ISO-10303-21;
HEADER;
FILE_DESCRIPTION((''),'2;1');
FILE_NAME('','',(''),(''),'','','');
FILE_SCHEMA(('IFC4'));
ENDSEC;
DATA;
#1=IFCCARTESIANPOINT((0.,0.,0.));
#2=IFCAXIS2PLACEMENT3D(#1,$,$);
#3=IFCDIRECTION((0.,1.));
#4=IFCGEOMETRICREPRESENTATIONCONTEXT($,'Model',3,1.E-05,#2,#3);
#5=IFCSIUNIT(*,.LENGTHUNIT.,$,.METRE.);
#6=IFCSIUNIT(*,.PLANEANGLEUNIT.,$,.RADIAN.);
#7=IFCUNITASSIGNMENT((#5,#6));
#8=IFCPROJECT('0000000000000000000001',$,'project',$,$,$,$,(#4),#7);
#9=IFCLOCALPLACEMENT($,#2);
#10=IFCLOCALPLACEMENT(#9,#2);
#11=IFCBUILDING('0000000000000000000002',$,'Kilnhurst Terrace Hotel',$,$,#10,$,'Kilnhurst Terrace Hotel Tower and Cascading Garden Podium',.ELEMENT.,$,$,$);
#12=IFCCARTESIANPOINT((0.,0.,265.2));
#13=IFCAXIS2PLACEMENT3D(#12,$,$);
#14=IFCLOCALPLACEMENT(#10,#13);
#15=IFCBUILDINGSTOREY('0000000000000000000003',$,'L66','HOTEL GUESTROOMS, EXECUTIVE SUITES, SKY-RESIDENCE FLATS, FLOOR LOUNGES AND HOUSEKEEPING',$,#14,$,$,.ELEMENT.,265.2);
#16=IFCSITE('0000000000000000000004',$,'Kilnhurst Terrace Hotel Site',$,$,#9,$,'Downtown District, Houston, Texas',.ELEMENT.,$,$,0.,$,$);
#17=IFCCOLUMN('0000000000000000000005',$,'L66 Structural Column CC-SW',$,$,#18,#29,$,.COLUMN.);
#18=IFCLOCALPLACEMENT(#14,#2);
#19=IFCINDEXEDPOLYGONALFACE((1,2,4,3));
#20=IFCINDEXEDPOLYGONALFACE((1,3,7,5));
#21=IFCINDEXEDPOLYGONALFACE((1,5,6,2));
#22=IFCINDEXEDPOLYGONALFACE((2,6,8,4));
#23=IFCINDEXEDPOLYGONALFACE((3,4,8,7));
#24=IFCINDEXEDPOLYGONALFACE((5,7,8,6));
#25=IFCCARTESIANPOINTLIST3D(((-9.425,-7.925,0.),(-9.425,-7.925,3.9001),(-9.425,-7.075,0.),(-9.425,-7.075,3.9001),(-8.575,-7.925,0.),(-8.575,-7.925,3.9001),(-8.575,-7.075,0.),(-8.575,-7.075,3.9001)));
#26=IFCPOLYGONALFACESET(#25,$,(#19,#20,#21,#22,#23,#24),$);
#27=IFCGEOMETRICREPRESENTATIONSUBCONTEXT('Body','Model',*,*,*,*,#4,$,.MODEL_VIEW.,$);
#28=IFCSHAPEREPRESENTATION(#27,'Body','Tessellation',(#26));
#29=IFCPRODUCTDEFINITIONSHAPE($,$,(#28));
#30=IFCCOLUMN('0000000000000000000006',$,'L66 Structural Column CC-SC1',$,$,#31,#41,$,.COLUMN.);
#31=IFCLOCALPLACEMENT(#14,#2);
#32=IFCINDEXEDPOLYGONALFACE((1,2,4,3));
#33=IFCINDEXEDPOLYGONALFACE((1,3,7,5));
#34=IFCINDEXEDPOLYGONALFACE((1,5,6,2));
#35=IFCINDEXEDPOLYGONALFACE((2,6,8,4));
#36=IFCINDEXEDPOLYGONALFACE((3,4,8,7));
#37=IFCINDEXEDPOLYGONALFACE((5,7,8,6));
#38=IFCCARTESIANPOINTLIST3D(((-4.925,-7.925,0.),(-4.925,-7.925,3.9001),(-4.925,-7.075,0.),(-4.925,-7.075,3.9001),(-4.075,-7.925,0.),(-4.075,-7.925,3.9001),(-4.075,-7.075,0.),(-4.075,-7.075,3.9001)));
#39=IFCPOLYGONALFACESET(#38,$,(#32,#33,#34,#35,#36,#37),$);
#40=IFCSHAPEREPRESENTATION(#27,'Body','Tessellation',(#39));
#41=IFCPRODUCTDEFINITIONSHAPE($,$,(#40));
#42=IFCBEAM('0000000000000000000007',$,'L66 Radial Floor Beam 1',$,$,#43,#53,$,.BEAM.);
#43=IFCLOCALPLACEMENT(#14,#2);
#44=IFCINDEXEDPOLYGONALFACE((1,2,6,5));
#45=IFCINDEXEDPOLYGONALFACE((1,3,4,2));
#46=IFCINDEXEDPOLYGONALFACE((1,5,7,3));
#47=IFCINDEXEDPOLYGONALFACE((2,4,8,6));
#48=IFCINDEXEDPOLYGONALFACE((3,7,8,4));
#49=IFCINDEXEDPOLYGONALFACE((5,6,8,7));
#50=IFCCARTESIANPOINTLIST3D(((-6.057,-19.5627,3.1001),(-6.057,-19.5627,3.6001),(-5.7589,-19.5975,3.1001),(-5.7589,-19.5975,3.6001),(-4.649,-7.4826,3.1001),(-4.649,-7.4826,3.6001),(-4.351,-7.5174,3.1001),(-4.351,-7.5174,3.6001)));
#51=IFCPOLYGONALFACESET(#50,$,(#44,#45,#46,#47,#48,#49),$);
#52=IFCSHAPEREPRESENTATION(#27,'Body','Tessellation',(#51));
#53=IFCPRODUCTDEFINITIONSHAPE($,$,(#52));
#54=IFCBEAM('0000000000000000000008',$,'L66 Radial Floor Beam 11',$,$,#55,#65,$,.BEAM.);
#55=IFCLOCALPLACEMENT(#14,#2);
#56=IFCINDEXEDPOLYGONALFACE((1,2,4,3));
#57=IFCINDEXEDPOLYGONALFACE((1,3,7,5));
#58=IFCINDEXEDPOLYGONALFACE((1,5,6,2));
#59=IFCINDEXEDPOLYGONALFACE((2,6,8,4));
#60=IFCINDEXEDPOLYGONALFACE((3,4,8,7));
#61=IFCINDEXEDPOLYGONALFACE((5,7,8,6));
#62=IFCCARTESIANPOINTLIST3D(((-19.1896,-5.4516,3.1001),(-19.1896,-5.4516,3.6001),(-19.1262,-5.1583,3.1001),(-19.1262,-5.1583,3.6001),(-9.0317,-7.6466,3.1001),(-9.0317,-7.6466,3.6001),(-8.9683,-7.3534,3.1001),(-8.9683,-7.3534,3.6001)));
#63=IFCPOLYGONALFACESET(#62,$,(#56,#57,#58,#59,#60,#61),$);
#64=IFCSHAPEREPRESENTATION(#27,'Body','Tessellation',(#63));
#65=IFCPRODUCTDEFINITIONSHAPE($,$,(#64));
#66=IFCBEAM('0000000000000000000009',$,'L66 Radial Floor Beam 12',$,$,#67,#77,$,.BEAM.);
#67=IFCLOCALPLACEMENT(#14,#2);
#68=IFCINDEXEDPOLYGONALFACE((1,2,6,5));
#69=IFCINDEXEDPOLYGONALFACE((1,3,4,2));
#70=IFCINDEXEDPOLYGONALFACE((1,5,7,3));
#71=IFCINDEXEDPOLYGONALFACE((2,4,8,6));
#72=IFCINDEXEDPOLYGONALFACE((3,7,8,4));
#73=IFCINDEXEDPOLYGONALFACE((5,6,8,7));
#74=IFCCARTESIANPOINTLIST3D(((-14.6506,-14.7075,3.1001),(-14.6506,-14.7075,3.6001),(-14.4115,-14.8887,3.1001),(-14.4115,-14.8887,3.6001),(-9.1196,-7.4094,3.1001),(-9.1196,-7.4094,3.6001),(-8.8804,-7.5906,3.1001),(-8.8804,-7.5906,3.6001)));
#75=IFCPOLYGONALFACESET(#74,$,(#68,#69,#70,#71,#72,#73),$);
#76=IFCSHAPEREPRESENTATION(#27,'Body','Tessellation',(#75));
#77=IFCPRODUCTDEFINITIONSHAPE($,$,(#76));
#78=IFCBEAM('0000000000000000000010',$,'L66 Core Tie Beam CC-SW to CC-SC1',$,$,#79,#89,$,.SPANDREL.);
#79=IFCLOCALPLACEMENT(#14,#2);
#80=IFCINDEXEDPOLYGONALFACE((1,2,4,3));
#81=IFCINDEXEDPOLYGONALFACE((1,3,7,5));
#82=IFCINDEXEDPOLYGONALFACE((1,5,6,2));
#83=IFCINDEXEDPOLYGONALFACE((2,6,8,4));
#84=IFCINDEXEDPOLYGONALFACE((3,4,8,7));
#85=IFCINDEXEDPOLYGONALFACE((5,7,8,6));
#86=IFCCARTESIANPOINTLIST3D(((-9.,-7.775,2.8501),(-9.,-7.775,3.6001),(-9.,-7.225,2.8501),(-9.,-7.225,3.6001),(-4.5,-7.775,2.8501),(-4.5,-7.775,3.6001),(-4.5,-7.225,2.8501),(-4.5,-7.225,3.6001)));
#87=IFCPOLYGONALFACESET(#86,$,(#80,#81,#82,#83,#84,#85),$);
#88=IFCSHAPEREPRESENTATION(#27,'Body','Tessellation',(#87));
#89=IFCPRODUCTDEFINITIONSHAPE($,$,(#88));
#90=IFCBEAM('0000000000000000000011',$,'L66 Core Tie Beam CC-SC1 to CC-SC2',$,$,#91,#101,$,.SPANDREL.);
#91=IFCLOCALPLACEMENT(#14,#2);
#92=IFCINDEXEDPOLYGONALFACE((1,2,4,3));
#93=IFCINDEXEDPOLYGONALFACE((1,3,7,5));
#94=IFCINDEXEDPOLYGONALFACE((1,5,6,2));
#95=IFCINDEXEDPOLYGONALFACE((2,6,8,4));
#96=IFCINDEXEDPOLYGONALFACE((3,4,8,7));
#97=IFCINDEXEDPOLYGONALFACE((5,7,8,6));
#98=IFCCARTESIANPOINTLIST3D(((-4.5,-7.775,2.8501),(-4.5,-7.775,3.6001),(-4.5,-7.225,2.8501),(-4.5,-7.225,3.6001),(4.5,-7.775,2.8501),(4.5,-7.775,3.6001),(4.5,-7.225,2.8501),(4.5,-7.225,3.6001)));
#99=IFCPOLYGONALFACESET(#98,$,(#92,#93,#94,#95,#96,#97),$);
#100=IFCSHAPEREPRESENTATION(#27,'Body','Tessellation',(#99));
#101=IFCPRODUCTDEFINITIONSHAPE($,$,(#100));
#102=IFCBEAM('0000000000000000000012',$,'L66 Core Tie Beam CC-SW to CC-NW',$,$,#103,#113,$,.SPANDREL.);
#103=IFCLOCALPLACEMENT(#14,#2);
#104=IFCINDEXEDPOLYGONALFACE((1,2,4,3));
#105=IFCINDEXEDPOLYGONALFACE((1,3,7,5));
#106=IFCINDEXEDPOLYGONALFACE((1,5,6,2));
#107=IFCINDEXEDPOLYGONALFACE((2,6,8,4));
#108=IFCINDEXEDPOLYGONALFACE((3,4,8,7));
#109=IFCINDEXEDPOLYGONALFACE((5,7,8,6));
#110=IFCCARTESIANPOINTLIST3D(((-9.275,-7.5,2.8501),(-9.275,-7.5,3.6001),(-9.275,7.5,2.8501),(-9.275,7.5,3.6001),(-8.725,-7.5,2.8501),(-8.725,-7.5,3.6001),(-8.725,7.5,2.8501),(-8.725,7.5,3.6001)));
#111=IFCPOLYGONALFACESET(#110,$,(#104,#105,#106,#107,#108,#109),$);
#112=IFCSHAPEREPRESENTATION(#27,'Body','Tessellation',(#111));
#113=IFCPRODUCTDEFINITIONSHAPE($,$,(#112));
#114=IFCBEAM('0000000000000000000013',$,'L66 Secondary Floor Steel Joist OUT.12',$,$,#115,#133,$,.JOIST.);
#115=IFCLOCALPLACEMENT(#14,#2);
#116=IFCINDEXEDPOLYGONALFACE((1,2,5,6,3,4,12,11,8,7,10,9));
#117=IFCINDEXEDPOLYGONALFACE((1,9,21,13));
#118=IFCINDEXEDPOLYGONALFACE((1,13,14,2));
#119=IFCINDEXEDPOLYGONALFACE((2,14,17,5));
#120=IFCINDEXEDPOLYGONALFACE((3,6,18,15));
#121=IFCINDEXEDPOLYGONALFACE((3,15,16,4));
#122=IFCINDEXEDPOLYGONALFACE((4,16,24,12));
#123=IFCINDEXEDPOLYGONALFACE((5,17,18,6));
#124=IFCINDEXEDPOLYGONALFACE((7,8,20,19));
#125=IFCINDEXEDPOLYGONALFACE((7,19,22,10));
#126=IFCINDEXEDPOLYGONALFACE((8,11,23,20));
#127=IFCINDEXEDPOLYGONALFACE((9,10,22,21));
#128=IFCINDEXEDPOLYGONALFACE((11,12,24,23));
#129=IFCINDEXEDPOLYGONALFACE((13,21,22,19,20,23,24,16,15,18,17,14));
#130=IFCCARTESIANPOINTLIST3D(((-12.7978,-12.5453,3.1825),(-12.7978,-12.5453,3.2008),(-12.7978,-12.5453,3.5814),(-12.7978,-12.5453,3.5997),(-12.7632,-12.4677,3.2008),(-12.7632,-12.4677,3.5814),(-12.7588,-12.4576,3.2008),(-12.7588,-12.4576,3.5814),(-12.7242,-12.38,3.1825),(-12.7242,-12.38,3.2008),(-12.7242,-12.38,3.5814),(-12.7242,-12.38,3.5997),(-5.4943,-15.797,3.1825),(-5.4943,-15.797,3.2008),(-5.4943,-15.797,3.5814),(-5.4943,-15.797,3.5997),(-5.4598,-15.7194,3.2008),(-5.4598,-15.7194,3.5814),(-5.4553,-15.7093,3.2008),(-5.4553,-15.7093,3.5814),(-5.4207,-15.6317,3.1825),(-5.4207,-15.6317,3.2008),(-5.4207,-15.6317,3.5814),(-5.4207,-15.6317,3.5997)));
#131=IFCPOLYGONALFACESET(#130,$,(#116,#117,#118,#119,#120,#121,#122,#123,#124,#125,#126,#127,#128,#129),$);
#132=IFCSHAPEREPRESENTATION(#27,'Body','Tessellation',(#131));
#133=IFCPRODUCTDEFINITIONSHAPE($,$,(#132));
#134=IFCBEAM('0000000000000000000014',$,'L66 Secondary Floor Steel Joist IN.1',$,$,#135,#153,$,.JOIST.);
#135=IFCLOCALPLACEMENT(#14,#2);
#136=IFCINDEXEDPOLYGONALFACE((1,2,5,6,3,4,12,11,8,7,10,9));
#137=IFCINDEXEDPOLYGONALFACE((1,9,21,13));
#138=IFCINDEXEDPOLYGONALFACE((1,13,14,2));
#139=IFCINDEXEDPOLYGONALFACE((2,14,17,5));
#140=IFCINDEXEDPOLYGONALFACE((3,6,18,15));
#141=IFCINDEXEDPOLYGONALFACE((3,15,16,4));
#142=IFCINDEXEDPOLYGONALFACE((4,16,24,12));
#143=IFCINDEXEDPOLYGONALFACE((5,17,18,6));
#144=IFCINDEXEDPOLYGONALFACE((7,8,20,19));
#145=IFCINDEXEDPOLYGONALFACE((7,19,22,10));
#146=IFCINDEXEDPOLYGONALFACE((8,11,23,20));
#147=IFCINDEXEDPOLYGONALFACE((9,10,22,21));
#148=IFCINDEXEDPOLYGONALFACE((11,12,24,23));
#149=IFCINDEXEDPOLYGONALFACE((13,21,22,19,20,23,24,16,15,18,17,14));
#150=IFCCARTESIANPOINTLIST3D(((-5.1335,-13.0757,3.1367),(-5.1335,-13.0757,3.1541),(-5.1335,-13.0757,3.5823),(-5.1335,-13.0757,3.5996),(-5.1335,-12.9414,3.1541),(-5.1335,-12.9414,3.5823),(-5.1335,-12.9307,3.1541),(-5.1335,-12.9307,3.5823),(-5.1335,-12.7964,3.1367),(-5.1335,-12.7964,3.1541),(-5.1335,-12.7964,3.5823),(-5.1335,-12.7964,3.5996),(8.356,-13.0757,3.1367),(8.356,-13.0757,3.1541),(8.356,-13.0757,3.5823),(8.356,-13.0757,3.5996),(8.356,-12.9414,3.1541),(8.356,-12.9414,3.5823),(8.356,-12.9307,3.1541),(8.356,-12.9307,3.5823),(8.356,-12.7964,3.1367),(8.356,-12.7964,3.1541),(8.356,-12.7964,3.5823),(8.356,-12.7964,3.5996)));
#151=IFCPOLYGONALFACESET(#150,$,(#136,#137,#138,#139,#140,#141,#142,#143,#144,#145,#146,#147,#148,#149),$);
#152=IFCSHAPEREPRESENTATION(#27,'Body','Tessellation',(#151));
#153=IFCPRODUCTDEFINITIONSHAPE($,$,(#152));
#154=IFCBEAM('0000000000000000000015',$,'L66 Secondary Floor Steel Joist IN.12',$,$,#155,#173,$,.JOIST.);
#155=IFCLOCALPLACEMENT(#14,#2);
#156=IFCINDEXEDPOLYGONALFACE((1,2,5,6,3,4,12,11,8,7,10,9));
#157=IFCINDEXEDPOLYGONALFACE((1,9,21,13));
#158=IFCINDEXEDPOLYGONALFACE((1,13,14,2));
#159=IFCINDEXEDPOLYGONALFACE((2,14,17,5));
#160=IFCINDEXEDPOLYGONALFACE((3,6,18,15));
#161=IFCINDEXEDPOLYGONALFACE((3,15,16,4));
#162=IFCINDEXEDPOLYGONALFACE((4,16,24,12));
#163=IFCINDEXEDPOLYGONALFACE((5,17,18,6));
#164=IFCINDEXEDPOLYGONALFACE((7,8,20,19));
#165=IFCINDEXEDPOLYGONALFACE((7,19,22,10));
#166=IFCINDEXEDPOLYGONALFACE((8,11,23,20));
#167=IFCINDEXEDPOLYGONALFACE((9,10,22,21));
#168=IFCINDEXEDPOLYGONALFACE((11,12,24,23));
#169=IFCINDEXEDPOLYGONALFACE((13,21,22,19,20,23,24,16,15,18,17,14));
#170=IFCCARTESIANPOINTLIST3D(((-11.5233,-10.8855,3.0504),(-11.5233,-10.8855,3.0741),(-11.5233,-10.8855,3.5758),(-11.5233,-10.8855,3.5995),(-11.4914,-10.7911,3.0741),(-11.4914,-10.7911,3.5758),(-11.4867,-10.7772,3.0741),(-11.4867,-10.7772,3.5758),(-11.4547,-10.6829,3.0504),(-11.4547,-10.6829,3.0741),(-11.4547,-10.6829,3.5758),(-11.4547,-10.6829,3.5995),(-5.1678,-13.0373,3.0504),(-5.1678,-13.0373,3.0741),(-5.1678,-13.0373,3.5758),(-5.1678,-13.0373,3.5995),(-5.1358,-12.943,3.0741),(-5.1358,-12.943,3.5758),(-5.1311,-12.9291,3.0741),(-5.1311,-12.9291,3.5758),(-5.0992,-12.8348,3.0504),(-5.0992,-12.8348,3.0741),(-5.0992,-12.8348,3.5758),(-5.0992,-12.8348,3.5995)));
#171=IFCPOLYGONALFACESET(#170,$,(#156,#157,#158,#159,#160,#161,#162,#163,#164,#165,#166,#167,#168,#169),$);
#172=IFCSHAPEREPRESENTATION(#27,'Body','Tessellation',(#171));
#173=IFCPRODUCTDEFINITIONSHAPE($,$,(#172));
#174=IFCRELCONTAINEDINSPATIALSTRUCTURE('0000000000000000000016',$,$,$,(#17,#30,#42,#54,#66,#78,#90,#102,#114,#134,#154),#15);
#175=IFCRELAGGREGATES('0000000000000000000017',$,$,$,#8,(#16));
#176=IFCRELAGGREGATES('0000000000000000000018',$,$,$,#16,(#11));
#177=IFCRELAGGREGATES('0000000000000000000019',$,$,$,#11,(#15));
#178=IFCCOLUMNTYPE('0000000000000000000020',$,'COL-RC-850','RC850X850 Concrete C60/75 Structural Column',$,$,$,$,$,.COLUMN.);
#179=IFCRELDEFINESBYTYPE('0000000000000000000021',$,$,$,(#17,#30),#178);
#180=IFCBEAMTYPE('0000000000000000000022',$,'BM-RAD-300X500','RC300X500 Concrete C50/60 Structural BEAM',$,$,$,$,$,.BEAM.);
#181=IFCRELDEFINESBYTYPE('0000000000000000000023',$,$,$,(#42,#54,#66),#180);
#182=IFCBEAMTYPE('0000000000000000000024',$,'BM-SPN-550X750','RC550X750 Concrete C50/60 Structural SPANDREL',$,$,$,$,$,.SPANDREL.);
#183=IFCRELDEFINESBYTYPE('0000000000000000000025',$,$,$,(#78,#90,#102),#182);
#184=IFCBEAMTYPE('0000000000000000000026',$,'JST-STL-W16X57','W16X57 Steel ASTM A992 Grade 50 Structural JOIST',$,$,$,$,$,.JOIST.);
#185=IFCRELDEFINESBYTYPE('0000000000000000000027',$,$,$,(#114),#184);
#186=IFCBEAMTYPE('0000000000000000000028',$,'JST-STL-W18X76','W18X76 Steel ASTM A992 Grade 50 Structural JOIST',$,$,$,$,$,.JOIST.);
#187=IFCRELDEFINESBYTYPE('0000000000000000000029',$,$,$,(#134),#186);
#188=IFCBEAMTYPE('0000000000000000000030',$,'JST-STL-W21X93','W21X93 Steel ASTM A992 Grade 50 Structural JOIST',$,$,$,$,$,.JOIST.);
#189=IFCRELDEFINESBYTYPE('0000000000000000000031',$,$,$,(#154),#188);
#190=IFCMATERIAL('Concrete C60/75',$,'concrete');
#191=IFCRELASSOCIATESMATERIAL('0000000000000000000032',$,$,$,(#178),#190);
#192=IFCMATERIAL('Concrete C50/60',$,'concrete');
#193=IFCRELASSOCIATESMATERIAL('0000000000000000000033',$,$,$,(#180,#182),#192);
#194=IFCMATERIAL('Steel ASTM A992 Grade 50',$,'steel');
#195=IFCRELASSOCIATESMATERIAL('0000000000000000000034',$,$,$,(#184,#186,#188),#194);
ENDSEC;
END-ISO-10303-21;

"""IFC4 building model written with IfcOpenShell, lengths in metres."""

from ifc_helpers import new_model, si_unit, direction, frame, origin, origin_2d, place, context, subcontext, project, spatial, rectangle, i_section, extrude, material, material_profile, profile_set, type_object, element, save


model = new_model("IFC4")

# Units and contexts
model_context = context("Model", 3, precision=1e-05, world=origin(), true_north=direction((0.0, 1.0)))
body_context = subcontext(model_context, "Body", "Model", "MODEL_VIEW")
ifc_project = project(units=[si_unit("LENGTHUNIT", "METRE"), si_unit("PLANEANGLEUNIT", "RADIAN")], contexts=[model_context])

# Site, building, storey
site_placement = place(None, origin())
site = spatial("IfcSite", under=ifc_project, at=site_placement, Name="Kilnhurst Terrace Hotel Site", LongName="Downtown District, Houston, Texas", CompositionType="ELEMENT", RefElevation=0.0)
building_placement = place(site_placement, origin())
building = spatial("IfcBuilding", under=site, at=building_placement, Name="Kilnhurst Terrace Hotel", LongName="Kilnhurst Terrace Hotel Tower and Cascading Garden Podium", CompositionType="ELEMENT")
storey_placement = place(building_placement, frame((0.0, 0.0, 265.2)))
storey = spatial("IfcBuildingStorey", under=building, at=storey_placement, Name="L66", Description="HOTEL GUESTROOMS, EXECUTIVE SUITES, SKY-RESIDENCE FLATS, FLOOR LOUNGES AND HOUSEKEEPING", CompositionType="ELEMENT", Elevation=265.2)

# Columns
ifc_material_1 = material(Name="Concrete C60/75", Category="concrete")
ifc_material_profile_1 = material_profile(ifc_material_1, rectangle(XDim=0.8501, YDim=0.8501, at=origin_2d()), Name="RC850X850")
ifc_profile_set_1 = profile_set([ifc_material_profile_1], Name="Concrete C60/75")
column_type = type_object("IfcColumnType", Name="COL-RC-850", Description="RC850X850 Concrete C60/75 Structural Column", PredefinedType="COLUMN", material=ifc_profile_set_1)
for number, where, z_axis, x_axis, name in (
    (1, (-9.0, -7.5, 0.0), (0.0, 0.0, 1.0), (1.0, 0.0, 0.0), "L66 Structural Column CC-SW"),
    (2, (-4.5, -7.5, 0.0), (0.0, 0.0, 1.0), (1.0, 0.0, 0.0), "L66 Structural Column CC-SC1"),
):
    element("IfcColumn", number, at=place(storey_placement, frame(where, z_axis=z_axis, x_axis=x_axis)), inside=storey, type_object=column_type, Name=name, PredefinedType="COLUMN", context=body_context, shape_type="SweptSolid", body=[
        extrude(rectangle(XDim=0.8501, YDim=0.8501, at=origin_2d()), origin(), (0.0, 0.0, 1.0), 3.9001),
    ])

# Beams
ifc_material_2 = material(Name="Concrete C50/60", Category="concrete")
ifc_material_profile_2 = material_profile(ifc_material_2, rectangle(XDim=0.3, YDim=0.5, at=origin_2d()), Name="RC300X500")
ifc_profile_set_2 = profile_set([ifc_material_profile_2], Name="Concrete C50/60")
beam_type_1 = type_object("IfcBeamType", Name="BM-RAD-300X500", Description="RC300X500 Concrete C50/60 Structural BEAM", PredefinedType="BEAM", material=ifc_profile_set_2)
beam_1_placement = place(storey_placement, frame((-4.5, -7.5, 3.3501), z_axis=(-0.115768, -0.993276, 0.0), x_axis=(0.993276, -0.115768, 0.0)))
element("IfcBeam", 3, at=beam_1_placement, inside=storey, type_object=beam_type_1, Name="L66 Radial Floor Beam 1", PredefinedType="BEAM", context=body_context, shape_type="SweptSolid", body=[
    extrude(rectangle(XDim=0.3, YDim=0.5, at=origin_2d()), origin(), (0.0, 0.0, 1.0), 12.1619),
])
beam_2_placement = place(storey_placement, frame((-9.0, -7.5, 3.3501), z_axis=(-0.977439, 0.211218, 0.0), x_axis=(-0.211218, -0.977439, 0.0)))
element("IfcBeam", 4, at=beam_2_placement, inside=storey, type_object=beam_type_1, Name="L66 Radial Floor Beam 11", PredefinedType="BEAM", context=body_context, shape_type="SweptSolid", body=[
    extrude(rectangle(XDim=0.3, YDim=0.5, at=origin_2d()), origin(), (0.0, 0.0, 1.0), 10.3923),
])
beam_3_placement = place(storey_placement, frame((-9.0, -7.5, 3.3501), z_axis=(-0.604007, -0.796979, 0.0), x_axis=(0.796979, -0.604007, 0.0)))
element("IfcBeam", 5, at=beam_3_placement, inside=storey, type_object=beam_type_1, Name="L66 Radial Floor Beam 12", PredefinedType="BEAM", context=body_context, shape_type="SweptSolid", body=[
    extrude(rectangle(XDim=0.3, YDim=0.5, at=origin_2d()), origin(), (0.0, 0.0, 1.0), 9.1572),
])
ifc_material_profile_3 = material_profile(ifc_material_2, rectangle(XDim=0.55, YDim=0.75, at=origin_2d()), Name="RC550X750")
ifc_profile_set_3 = profile_set([ifc_material_profile_3], Name="Concrete C50/60")
beam_type_2 = type_object("IfcBeamType", Name="BM-SPN-550X750", Description="RC550X750 Concrete C50/60 Structural SPANDREL", PredefinedType="SPANDREL", material=ifc_profile_set_3)
beam_4_placement = place(storey_placement, frame((-9.0, -7.5, 3.2251), z_axis=(1.0, 0.0, 0.0), x_axis=(0.0, 1.0, 0.0)))
element("IfcBeam", 6, at=beam_4_placement, inside=storey, type_object=beam_type_2, Name="L66 Core Tie Beam CC-SW to CC-SC1", PredefinedType="SPANDREL", context=body_context, shape_type="SweptSolid", body=[
    extrude(rectangle(XDim=0.55, YDim=0.75, at=origin_2d()), origin(), (0.0, 0.0, 1.0), 4.5),
])
beam_5_placement = place(storey_placement, frame((-4.5, -7.5, 3.2251), z_axis=(1.0, 0.0, 0.0), x_axis=(0.0, 1.0, 0.0)))
element("IfcBeam", 7, at=beam_5_placement, inside=storey, type_object=beam_type_2, Name="L66 Core Tie Beam CC-SC1 to CC-SC2", PredefinedType="SPANDREL", context=body_context, shape_type="SweptSolid", body=[
    extrude(rectangle(XDim=0.55, YDim=0.75, at=origin_2d()), origin(), (0.0, 0.0, 1.0), 9.0),
])
beam_6_placement = place(storey_placement, frame((-9.0, -7.5, 3.2251), z_axis=(0.0, 1.0, 0.0), x_axis=(-1.0, 0.0, 0.0)))
element("IfcBeam", 8, at=beam_6_placement, inside=storey, type_object=beam_type_2, Name="L66 Core Tie Beam CC-SW to CC-NW", PredefinedType="SPANDREL", context=body_context, shape_type="SweptSolid", body=[
    extrude(rectangle(XDim=0.55, YDim=0.75, at=origin_2d()), origin(), (0.0, 0.0, 1.0), 15.0),
])
ifc_material_3 = material(Name="Steel ASTM A992 Grade 50", Category="steel")
ifc_material_profile_4 = material_profile(ifc_material_3, i_section(OverallWidth=0.1809, OverallDepth=0.4172, WebThickness=0.011, FlangeThickness=0.0183, at=origin_2d()), Name="W16X57")
ifc_profile_set_4 = profile_set([ifc_material_profile_4], Name="Steel ASTM A992 Grade 50")
beam_type_3 = type_object("IfcBeamType", Name="JST-STL-W16X57", Description="W16X57 Steel ASTM A992 Grade 50 Structural JOIST", PredefinedType="JOIST", material=ifc_profile_set_4)
beam_7_placement = place(storey_placement, frame((-12.761, -12.4626, 3.3911), z_axis=(0.913546, -0.406736, 0.0), x_axis=(0.406736, 0.913546, 0.0)))
element("IfcBeam", 9, at=beam_7_placement, inside=storey, type_object=beam_type_3, Name="L66 Secondary Floor Steel Joist OUT.12", PredefinedType="JOIST", context=body_context, shape_type="SweptSolid", body=[
    extrude(i_section(OverallWidth=0.1809, OverallDepth=0.4172, WebThickness=0.011, FlangeThickness=0.0183, at=origin_2d()), origin(), (0.0, 0.0, 1.0), 7.9946),
])
ifc_material_profile_5 = material_profile(ifc_material_3, i_section(OverallWidth=0.2793, OverallDepth=0.4629, WebThickness=0.0107, FlangeThickness=0.0173, at=origin_2d()), Name="W18X76")
ifc_profile_set_5 = profile_set([ifc_material_profile_5], Name="Steel ASTM A992 Grade 50")
beam_type_4 = type_object("IfcBeamType", Name="JST-STL-W18X76", Description="W18X76 Steel ASTM A992 Grade 50 Structural JOIST", PredefinedType="JOIST", material=ifc_profile_set_5)
beam_8_placement = place(storey_placement, frame((-5.1335, -12.936, 3.3682), z_axis=(1.0, 0.0, 0.0), x_axis=(0.0, 1.0, 0.0)))
element("IfcBeam", 10, at=beam_8_placement, inside=storey, type_object=beam_type_4, Name="L66 Secondary Floor Steel Joist IN.1", PredefinedType="JOIST", context=body_context, shape_type="SweptSolid", body=[
    extrude(i_section(OverallWidth=0.2793, OverallDepth=0.4629, WebThickness=0.0107, FlangeThickness=0.0173, at=origin_2d()), origin(), (0.0, 0.0, 1.0), 13.4895),
])
ifc_material_profile_6 = material_profile(ifc_material_3, i_section(OverallWidth=0.2139, OverallDepth=0.5491, WebThickness=0.0146, FlangeThickness=0.0237, at=origin_2d()), Name="W21X93")
ifc_profile_set_6 = profile_set([ifc_material_profile_6], Name="Steel ASTM A992 Grade 50")
beam_type_5 = type_object("IfcBeamType", Name="JST-STL-W21X93", Description="W21X93 Steel ASTM A992 Grade 50 Structural JOIST", PredefinedType="JOIST", material=ifc_profile_set_6)
beam_9_placement = place(storey_placement, frame((-11.489, -10.7842, 3.325), z_axis=(0.947181, -0.3207, 0.0), x_axis=(0.3207, 0.947181, 0.0)))
element("IfcBeam", 11, at=beam_9_placement, inside=storey, type_object=beam_type_5, Name="L66 Secondary Floor Steel Joist IN.12", PredefinedType="JOIST", context=body_context, shape_type="SweptSolid", body=[
    extrude(i_section(OverallWidth=0.2139, OverallDepth=0.5491, WebThickness=0.0146, FlangeThickness=0.0237, at=origin_2d()), origin(), (0.0, 0.0, 1.0), 6.71),
])

save(model, "model.ifc")
